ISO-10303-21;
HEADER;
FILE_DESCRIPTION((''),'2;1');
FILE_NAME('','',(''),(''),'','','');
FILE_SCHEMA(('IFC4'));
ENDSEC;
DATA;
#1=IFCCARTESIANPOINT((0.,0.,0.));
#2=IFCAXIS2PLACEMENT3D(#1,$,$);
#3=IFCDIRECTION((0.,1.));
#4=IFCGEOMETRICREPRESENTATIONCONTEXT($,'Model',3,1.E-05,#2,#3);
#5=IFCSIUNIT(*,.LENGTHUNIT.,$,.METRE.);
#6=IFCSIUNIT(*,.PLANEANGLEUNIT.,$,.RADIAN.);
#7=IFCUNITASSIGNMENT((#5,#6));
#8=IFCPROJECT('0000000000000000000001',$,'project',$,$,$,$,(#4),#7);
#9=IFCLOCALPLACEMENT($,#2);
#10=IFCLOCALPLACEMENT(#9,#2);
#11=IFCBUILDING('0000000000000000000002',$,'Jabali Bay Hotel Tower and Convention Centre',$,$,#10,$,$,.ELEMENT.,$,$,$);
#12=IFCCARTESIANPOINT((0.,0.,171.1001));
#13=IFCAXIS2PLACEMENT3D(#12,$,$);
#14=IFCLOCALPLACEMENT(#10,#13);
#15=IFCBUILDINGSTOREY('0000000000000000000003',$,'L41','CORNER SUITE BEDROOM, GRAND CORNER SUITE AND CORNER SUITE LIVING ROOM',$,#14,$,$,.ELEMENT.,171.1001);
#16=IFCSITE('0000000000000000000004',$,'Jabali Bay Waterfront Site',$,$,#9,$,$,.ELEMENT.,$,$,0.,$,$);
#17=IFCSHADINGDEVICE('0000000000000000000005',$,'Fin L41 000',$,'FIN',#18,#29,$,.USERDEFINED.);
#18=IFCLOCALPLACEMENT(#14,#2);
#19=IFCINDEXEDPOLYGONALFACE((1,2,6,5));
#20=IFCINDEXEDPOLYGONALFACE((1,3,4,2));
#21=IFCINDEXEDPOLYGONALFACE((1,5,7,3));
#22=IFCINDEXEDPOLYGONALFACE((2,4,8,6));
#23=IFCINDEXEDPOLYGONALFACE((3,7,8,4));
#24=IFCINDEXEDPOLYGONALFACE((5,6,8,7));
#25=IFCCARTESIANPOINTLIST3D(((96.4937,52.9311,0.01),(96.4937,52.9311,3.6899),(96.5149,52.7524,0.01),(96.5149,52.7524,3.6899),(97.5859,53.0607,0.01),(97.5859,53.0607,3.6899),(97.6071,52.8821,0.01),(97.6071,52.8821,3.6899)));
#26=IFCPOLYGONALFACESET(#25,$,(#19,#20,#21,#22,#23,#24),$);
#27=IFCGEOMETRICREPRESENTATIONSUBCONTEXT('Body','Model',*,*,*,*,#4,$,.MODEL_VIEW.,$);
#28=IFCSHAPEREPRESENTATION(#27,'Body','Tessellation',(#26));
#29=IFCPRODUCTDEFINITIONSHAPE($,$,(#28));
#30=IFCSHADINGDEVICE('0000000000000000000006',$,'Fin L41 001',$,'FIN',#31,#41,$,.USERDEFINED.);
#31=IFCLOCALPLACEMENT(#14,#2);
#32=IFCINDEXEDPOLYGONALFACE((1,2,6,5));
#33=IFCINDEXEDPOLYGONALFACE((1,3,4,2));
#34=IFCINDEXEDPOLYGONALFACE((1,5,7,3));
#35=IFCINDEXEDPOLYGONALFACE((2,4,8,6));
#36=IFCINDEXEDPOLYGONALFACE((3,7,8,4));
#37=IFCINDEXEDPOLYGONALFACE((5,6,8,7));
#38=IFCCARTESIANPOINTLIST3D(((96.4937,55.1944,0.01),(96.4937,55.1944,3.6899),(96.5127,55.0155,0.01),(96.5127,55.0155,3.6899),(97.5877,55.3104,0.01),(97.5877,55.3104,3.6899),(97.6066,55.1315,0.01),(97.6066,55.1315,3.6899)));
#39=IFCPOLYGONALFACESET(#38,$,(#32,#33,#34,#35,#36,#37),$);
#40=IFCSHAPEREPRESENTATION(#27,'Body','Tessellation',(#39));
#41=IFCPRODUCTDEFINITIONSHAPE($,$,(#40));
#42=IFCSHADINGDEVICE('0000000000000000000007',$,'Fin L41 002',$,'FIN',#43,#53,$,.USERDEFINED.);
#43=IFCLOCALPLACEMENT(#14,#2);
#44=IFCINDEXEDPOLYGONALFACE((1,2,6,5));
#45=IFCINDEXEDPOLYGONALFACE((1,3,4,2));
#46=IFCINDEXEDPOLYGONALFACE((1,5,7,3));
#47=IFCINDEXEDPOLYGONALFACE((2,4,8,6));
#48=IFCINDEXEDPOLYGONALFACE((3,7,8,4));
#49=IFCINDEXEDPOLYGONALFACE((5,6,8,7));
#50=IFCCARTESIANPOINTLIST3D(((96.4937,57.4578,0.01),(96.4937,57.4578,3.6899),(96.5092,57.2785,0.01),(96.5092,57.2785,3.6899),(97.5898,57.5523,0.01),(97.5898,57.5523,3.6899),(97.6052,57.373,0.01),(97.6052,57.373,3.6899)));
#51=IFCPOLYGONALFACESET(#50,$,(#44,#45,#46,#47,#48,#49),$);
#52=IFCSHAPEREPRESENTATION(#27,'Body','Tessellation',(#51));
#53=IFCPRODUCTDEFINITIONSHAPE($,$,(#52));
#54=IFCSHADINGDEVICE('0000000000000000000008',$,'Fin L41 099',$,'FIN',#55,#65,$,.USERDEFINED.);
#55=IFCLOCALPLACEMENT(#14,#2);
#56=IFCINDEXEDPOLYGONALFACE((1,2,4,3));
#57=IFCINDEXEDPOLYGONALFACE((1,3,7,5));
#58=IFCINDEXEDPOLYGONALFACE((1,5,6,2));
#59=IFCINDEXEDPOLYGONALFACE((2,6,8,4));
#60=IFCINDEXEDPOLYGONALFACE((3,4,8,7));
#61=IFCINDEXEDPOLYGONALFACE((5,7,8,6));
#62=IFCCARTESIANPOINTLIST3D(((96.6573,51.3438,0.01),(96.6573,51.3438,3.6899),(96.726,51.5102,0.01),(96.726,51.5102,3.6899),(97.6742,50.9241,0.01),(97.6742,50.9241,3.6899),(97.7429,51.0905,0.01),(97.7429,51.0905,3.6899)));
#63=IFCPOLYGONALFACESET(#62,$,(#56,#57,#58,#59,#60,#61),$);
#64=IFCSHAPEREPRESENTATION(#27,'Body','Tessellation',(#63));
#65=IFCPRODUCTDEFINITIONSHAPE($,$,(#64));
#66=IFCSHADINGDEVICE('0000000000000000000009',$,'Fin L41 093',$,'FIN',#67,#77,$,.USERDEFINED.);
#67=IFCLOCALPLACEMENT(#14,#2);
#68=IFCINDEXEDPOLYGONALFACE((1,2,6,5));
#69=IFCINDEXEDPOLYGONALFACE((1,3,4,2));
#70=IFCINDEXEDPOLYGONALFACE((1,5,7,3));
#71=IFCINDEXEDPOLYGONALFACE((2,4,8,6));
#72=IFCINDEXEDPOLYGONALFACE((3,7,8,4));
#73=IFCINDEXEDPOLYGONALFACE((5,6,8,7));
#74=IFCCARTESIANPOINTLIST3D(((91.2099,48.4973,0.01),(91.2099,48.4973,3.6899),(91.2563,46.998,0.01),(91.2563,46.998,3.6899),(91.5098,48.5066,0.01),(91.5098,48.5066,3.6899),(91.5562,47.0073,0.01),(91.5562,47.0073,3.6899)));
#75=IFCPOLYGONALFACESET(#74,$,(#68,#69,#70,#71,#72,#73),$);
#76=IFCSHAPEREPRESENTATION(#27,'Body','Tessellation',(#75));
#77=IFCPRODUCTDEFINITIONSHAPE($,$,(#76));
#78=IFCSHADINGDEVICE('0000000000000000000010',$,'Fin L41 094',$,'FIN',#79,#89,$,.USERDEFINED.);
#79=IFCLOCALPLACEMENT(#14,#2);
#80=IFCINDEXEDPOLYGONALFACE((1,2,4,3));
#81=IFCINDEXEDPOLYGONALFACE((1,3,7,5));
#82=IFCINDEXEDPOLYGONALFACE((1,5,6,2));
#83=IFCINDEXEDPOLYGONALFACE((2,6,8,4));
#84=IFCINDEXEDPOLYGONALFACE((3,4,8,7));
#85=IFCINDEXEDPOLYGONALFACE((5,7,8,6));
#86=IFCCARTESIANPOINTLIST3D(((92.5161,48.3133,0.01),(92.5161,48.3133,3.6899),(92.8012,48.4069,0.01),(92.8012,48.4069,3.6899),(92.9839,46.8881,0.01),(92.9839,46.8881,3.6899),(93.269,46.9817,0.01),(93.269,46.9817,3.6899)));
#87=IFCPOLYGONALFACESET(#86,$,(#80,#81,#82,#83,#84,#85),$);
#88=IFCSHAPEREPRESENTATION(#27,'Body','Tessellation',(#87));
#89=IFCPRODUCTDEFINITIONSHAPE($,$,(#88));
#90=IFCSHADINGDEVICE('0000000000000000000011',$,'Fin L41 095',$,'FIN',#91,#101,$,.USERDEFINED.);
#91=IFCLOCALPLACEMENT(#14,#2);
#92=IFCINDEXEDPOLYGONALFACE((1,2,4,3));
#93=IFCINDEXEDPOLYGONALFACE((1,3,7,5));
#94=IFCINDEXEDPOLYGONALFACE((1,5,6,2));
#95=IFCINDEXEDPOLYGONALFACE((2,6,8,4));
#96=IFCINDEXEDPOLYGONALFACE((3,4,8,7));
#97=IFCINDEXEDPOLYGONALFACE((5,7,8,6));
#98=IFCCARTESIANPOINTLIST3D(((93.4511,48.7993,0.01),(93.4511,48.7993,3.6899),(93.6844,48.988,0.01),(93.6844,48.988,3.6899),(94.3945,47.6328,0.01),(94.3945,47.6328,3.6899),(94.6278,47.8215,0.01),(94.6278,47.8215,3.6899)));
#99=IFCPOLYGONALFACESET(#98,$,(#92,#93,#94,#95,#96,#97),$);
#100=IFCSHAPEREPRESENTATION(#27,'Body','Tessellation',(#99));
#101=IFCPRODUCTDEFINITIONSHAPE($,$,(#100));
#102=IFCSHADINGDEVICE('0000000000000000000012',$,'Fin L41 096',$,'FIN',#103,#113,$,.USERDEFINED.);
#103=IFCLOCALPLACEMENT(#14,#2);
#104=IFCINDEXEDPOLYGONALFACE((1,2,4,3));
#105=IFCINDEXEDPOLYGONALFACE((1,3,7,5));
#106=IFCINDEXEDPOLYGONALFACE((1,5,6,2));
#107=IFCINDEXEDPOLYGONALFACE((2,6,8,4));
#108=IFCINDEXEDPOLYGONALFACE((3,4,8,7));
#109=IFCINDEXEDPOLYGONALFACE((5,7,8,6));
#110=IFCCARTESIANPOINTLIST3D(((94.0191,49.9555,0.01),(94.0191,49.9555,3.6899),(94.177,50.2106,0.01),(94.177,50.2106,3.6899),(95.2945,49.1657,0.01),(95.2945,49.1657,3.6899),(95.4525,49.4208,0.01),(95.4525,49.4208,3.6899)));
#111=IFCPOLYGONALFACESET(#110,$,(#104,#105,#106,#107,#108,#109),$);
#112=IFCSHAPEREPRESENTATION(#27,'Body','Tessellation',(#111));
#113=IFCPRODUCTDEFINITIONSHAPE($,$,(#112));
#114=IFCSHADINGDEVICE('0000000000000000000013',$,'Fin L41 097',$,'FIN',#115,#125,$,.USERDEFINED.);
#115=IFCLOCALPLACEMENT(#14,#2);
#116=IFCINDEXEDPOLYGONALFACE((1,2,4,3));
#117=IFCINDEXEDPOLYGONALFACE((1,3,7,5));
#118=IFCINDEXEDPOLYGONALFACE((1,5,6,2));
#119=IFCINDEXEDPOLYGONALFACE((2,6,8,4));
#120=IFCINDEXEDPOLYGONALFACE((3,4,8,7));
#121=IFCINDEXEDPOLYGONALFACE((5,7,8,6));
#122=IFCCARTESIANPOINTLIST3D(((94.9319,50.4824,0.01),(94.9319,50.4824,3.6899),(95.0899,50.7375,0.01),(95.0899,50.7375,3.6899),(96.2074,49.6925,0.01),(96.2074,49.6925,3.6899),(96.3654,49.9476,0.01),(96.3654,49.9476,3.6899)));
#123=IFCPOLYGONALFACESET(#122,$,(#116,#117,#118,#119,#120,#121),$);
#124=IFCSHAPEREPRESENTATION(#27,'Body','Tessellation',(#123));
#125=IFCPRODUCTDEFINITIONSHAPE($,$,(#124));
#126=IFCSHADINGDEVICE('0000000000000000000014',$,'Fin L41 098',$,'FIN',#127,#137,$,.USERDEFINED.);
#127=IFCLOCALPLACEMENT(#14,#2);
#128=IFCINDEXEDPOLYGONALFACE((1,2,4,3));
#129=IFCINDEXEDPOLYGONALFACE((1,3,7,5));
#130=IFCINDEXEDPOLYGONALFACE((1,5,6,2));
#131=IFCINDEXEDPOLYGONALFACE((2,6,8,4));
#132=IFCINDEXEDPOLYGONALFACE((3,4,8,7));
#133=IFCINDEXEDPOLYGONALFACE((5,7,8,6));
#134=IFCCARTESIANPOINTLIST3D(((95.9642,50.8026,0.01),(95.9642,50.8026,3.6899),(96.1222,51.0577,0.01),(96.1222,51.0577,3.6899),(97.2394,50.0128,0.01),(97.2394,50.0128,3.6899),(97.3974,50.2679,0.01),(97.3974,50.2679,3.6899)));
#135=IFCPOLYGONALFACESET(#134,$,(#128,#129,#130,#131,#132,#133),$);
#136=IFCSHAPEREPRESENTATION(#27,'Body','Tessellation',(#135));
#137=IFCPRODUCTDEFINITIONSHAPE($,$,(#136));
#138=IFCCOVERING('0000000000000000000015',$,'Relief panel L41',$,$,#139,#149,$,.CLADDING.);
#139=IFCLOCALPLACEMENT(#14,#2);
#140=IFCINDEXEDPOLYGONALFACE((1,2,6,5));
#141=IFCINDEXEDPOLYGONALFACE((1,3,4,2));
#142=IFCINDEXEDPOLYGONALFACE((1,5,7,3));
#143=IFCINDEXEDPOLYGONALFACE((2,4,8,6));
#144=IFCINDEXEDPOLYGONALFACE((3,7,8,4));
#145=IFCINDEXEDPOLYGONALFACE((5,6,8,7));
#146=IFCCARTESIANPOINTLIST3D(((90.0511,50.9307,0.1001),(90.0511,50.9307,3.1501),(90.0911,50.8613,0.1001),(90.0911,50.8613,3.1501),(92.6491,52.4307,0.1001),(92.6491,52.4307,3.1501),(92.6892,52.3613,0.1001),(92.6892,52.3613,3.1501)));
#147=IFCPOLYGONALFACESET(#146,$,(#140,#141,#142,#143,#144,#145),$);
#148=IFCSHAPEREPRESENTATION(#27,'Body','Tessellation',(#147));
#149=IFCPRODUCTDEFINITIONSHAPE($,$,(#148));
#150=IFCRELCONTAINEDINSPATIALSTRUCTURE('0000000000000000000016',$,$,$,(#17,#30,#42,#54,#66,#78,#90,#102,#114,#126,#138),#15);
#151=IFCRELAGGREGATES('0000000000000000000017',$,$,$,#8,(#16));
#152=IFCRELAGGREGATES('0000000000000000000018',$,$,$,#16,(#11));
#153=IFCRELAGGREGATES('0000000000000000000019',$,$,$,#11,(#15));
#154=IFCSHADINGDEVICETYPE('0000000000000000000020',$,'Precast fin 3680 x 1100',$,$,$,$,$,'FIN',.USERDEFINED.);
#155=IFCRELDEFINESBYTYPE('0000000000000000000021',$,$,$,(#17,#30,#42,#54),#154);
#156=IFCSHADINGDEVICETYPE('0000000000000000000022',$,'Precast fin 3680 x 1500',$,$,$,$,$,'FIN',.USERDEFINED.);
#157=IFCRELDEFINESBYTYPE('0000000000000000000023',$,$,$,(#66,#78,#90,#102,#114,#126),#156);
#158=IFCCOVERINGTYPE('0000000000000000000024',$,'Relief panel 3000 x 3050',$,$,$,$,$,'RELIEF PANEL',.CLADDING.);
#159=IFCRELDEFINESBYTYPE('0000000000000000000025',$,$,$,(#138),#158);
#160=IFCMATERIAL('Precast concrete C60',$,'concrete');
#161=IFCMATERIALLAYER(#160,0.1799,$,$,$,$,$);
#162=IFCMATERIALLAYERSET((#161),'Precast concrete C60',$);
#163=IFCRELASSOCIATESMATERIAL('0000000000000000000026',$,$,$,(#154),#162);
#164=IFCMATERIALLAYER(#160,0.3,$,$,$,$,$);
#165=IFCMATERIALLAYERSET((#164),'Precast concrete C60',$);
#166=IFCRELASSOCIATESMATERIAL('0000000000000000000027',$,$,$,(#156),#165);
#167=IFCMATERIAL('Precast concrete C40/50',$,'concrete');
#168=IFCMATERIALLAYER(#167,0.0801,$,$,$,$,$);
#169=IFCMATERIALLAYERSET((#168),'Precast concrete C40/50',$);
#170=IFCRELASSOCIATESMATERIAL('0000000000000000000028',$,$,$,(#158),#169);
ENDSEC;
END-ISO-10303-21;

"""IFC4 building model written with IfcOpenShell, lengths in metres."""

from ifc_helpers import new_model, si_unit, direction, frame, frame_2d, origin, origin_2d, place, context, subcontext, project, spatial, rectangle, extrude, material, layer, layer_set, type_object, element, save


model = new_model("IFC4")

# Units and contexts
model_context = context("Model", 3, precision=1e-05, world=origin(), true_north=direction((0.0, 1.0)))
body_context = subcontext(model_context, "Body", "Model", "MODEL_VIEW")
ifc_project = project(units=[si_unit("LENGTHUNIT", "METRE"), si_unit("PLANEANGLEUNIT", "RADIAN")], contexts=[model_context])

# Site, building, storey
site_placement = place(None, origin())
site = spatial("IfcSite", under=ifc_project, at=site_placement, Name="Jabali Bay Waterfront Site", CompositionType="ELEMENT", RefElevation=0.0)
building_placement = place(site_placement, origin())
building = spatial("IfcBuilding", under=site, at=building_placement, Name="Jabali Bay Hotel Tower and Convention Centre", CompositionType="ELEMENT")
storey_placement = place(building_placement, frame((0.0, 0.0, 171.1001)))
storey = spatial("IfcBuildingStorey", under=building, at=storey_placement, Name="L41", Description="CORNER SUITE BEDROOM, GRAND CORNER SUITE AND CORNER SUITE LIVING ROOM", CompositionType="ELEMENT", Elevation=171.1001)

# Shading devices
ifc_material_1 = material(Name="Precast concrete C60", Category="concrete")
ifc_layer_1 = layer(ifc_material_1, 0.1799)
ifc_layer_set_1 = layer_set([ifc_layer_1], Name="Precast concrete C60")
shading_device_type_1 = type_object("IfcShadingDeviceType", Name="Precast fin 3680 x 1100", ElementType="FIN", PredefinedType="USERDEFINED", material=ifc_layer_set_1)
shading_device_1_placement = place(storey_placement, frame((96.5044, 52.8418, 0.01), z_axis=(0.0, 0.0, 1.0), x_axis=(0.99303, 0.117859, 0.0)))
element("IfcShadingDevice", 1, at=shading_device_1_placement, inside=storey, type_object=shading_device_type_1, Name="Fin L41 000", ObjectType="FIN", PredefinedType="USERDEFINED", context=body_context, shape_type="SweptSolid", body=[
    extrude(rectangle(XDim=1.0999, YDim=0.1799, at=frame_2d((0.5498, 0.0))), origin(), (0.0, 0.0, 1.0), 3.6799),
])
for number, where, z_axis, x_axis, name in (
    (2, (96.5032, 55.105, 0.01), (0.0, 0.0, 1.0), (0.994429, 0.105413, 0.0), "Fin L41 001"),
    (3, (96.5015, 57.3682, 0.01), (0.0, 0.0, 1.0), (0.996304, 0.085892, 0.0), "Fin L41 002"),
    (4, (96.6917, 51.427, 0.01), (0.0, 0.0, 1.0), (0.924365, -0.381509, 0.0), "Fin L41 099"),
):
    element("IfcShadingDevice", number, at=place(storey_placement, frame(where, z_axis=z_axis, x_axis=x_axis)), inside=storey, type_object=shading_device_type_1, Name=name, ObjectType="FIN", PredefinedType="USERDEFINED", context=body_context, shape_type="SweptSolid", body=[
        extrude(rectangle(XDim=1.1001, YDim=0.1799, at=frame_2d((0.55, 0.0))), origin(), (0.0, 0.0, 1.0), 3.6799),
    ])
ifc_layer_2 = layer(ifc_material_1, 0.3)
ifc_layer_set_2 = layer_set([ifc_layer_2], Name="Precast concrete C60")
shading_device_type_2 = type_object("IfcShadingDeviceType", Name="Precast fin 3680 x 1500", ElementType="FIN", PredefinedType="USERDEFINED", material=ifc_layer_set_2)
for number, where, z_axis, x_axis, name in (
    (5, (91.3599, 48.502, 0.01), (0.0, 0.0, 1.0), (0.030925, -0.999522, 0.0), "Fin L41 093"),
    (6, (92.6587, 48.3601, 0.01), (0.0, 0.0, 1.0), (0.31183, -0.950138, 0.0), "Fin L41 094"),
):
    element("IfcShadingDevice", number, at=place(storey_placement, frame(where, z_axis=z_axis, x_axis=x_axis)), inside=storey, type_object=shading_device_type_2, Name=name, ObjectType="FIN", PredefinedType="USERDEFINED", context=body_context, shape_type="SweptSolid", body=[
        extrude(rectangle(XDim=1.5, YDim=0.3, at=frame_2d((0.75, 0.0))), origin(), (0.0, 0.0, 1.0), 3.6799),
    ])
for number, where, z_axis, x_axis, name in (
    (7, (93.5679, 48.8936, 0.01), (0.0, 0.0, 1.0), (0.628814, -0.777556, 0.0), "Fin L41 095"),
    (8, (94.0981, 50.083, 0.01), (0.0, 0.0, 1.0), (0.850185, -0.526483, 0.0), "Fin L41 096"),
    (9, (95.011, 50.6099, 0.01), (0.0, 0.0, 1.0), (0.850185, -0.526483, 0.0), "Fin L41 097"),
):
    element("IfcShadingDevice", number, at=place(storey_placement, frame(where, z_axis=z_axis, x_axis=x_axis)), inside=storey, type_object=shading_device_type_2, Name=name, ObjectType="FIN", PredefinedType="USERDEFINED", context=body_context, shape_type="SweptSolid", body=[
        extrude(rectangle(XDim=1.5002, YDim=0.3, at=frame_2d((0.75, 0.0))), origin(), (0.0, 0.0, 1.0), 3.6799),
    ])
shading_device_2_placement = place(storey_placement, frame((96.0432, 50.9302, 0.01), z_axis=(0.0, 0.0, 1.0), x_axis=(0.85014, -0.526556, 0.0)))
element("IfcShadingDevice", 10, at=shading_device_2_placement, inside=storey, type_object=shading_device_type_2, Name="Fin L41 098", ObjectType="FIN", PredefinedType="USERDEFINED", context=body_context, shape_type="SweptSolid", body=[
    extrude(rectangle(XDim=1.5, YDim=0.3, at=frame_2d((0.75, 0.0))), origin(), (0.0, 0.0, 1.0), 3.6799),
])

# Covering
ifc_material_2 = material(Name="Precast concrete C40/50", Category="concrete")
ifc_layer_3 = layer(ifc_material_2, 0.0801)
ifc_layer_set_3 = layer_set([ifc_layer_3], Name="Precast concrete C40/50")
covering_type = type_object("IfcCoveringType", Name="Relief panel 3000 x 3050", ElementType="RELIEF PANEL", PredefinedType="CLADDING", material=ifc_layer_set_3)
covering_placement = place(storey_placement, frame((91.3701, 51.646, 0.1001), z_axis=(0.0, 0.0, 1.0), x_axis=(-0.866025, -0.5, 0.0)))
element("IfcCovering", 11, at=covering_placement, inside=storey, type_object=covering_type, Name="Relief panel L41", PredefinedType="CLADDING", context=body_context, shape_type="SweptSolid", body=[
    extrude(rectangle(XDim=3.0, YDim=0.0801, at=origin_2d()), origin(), (0.0, 0.0, 1.0), 3.05),
])

save(model, "model.ifc")
